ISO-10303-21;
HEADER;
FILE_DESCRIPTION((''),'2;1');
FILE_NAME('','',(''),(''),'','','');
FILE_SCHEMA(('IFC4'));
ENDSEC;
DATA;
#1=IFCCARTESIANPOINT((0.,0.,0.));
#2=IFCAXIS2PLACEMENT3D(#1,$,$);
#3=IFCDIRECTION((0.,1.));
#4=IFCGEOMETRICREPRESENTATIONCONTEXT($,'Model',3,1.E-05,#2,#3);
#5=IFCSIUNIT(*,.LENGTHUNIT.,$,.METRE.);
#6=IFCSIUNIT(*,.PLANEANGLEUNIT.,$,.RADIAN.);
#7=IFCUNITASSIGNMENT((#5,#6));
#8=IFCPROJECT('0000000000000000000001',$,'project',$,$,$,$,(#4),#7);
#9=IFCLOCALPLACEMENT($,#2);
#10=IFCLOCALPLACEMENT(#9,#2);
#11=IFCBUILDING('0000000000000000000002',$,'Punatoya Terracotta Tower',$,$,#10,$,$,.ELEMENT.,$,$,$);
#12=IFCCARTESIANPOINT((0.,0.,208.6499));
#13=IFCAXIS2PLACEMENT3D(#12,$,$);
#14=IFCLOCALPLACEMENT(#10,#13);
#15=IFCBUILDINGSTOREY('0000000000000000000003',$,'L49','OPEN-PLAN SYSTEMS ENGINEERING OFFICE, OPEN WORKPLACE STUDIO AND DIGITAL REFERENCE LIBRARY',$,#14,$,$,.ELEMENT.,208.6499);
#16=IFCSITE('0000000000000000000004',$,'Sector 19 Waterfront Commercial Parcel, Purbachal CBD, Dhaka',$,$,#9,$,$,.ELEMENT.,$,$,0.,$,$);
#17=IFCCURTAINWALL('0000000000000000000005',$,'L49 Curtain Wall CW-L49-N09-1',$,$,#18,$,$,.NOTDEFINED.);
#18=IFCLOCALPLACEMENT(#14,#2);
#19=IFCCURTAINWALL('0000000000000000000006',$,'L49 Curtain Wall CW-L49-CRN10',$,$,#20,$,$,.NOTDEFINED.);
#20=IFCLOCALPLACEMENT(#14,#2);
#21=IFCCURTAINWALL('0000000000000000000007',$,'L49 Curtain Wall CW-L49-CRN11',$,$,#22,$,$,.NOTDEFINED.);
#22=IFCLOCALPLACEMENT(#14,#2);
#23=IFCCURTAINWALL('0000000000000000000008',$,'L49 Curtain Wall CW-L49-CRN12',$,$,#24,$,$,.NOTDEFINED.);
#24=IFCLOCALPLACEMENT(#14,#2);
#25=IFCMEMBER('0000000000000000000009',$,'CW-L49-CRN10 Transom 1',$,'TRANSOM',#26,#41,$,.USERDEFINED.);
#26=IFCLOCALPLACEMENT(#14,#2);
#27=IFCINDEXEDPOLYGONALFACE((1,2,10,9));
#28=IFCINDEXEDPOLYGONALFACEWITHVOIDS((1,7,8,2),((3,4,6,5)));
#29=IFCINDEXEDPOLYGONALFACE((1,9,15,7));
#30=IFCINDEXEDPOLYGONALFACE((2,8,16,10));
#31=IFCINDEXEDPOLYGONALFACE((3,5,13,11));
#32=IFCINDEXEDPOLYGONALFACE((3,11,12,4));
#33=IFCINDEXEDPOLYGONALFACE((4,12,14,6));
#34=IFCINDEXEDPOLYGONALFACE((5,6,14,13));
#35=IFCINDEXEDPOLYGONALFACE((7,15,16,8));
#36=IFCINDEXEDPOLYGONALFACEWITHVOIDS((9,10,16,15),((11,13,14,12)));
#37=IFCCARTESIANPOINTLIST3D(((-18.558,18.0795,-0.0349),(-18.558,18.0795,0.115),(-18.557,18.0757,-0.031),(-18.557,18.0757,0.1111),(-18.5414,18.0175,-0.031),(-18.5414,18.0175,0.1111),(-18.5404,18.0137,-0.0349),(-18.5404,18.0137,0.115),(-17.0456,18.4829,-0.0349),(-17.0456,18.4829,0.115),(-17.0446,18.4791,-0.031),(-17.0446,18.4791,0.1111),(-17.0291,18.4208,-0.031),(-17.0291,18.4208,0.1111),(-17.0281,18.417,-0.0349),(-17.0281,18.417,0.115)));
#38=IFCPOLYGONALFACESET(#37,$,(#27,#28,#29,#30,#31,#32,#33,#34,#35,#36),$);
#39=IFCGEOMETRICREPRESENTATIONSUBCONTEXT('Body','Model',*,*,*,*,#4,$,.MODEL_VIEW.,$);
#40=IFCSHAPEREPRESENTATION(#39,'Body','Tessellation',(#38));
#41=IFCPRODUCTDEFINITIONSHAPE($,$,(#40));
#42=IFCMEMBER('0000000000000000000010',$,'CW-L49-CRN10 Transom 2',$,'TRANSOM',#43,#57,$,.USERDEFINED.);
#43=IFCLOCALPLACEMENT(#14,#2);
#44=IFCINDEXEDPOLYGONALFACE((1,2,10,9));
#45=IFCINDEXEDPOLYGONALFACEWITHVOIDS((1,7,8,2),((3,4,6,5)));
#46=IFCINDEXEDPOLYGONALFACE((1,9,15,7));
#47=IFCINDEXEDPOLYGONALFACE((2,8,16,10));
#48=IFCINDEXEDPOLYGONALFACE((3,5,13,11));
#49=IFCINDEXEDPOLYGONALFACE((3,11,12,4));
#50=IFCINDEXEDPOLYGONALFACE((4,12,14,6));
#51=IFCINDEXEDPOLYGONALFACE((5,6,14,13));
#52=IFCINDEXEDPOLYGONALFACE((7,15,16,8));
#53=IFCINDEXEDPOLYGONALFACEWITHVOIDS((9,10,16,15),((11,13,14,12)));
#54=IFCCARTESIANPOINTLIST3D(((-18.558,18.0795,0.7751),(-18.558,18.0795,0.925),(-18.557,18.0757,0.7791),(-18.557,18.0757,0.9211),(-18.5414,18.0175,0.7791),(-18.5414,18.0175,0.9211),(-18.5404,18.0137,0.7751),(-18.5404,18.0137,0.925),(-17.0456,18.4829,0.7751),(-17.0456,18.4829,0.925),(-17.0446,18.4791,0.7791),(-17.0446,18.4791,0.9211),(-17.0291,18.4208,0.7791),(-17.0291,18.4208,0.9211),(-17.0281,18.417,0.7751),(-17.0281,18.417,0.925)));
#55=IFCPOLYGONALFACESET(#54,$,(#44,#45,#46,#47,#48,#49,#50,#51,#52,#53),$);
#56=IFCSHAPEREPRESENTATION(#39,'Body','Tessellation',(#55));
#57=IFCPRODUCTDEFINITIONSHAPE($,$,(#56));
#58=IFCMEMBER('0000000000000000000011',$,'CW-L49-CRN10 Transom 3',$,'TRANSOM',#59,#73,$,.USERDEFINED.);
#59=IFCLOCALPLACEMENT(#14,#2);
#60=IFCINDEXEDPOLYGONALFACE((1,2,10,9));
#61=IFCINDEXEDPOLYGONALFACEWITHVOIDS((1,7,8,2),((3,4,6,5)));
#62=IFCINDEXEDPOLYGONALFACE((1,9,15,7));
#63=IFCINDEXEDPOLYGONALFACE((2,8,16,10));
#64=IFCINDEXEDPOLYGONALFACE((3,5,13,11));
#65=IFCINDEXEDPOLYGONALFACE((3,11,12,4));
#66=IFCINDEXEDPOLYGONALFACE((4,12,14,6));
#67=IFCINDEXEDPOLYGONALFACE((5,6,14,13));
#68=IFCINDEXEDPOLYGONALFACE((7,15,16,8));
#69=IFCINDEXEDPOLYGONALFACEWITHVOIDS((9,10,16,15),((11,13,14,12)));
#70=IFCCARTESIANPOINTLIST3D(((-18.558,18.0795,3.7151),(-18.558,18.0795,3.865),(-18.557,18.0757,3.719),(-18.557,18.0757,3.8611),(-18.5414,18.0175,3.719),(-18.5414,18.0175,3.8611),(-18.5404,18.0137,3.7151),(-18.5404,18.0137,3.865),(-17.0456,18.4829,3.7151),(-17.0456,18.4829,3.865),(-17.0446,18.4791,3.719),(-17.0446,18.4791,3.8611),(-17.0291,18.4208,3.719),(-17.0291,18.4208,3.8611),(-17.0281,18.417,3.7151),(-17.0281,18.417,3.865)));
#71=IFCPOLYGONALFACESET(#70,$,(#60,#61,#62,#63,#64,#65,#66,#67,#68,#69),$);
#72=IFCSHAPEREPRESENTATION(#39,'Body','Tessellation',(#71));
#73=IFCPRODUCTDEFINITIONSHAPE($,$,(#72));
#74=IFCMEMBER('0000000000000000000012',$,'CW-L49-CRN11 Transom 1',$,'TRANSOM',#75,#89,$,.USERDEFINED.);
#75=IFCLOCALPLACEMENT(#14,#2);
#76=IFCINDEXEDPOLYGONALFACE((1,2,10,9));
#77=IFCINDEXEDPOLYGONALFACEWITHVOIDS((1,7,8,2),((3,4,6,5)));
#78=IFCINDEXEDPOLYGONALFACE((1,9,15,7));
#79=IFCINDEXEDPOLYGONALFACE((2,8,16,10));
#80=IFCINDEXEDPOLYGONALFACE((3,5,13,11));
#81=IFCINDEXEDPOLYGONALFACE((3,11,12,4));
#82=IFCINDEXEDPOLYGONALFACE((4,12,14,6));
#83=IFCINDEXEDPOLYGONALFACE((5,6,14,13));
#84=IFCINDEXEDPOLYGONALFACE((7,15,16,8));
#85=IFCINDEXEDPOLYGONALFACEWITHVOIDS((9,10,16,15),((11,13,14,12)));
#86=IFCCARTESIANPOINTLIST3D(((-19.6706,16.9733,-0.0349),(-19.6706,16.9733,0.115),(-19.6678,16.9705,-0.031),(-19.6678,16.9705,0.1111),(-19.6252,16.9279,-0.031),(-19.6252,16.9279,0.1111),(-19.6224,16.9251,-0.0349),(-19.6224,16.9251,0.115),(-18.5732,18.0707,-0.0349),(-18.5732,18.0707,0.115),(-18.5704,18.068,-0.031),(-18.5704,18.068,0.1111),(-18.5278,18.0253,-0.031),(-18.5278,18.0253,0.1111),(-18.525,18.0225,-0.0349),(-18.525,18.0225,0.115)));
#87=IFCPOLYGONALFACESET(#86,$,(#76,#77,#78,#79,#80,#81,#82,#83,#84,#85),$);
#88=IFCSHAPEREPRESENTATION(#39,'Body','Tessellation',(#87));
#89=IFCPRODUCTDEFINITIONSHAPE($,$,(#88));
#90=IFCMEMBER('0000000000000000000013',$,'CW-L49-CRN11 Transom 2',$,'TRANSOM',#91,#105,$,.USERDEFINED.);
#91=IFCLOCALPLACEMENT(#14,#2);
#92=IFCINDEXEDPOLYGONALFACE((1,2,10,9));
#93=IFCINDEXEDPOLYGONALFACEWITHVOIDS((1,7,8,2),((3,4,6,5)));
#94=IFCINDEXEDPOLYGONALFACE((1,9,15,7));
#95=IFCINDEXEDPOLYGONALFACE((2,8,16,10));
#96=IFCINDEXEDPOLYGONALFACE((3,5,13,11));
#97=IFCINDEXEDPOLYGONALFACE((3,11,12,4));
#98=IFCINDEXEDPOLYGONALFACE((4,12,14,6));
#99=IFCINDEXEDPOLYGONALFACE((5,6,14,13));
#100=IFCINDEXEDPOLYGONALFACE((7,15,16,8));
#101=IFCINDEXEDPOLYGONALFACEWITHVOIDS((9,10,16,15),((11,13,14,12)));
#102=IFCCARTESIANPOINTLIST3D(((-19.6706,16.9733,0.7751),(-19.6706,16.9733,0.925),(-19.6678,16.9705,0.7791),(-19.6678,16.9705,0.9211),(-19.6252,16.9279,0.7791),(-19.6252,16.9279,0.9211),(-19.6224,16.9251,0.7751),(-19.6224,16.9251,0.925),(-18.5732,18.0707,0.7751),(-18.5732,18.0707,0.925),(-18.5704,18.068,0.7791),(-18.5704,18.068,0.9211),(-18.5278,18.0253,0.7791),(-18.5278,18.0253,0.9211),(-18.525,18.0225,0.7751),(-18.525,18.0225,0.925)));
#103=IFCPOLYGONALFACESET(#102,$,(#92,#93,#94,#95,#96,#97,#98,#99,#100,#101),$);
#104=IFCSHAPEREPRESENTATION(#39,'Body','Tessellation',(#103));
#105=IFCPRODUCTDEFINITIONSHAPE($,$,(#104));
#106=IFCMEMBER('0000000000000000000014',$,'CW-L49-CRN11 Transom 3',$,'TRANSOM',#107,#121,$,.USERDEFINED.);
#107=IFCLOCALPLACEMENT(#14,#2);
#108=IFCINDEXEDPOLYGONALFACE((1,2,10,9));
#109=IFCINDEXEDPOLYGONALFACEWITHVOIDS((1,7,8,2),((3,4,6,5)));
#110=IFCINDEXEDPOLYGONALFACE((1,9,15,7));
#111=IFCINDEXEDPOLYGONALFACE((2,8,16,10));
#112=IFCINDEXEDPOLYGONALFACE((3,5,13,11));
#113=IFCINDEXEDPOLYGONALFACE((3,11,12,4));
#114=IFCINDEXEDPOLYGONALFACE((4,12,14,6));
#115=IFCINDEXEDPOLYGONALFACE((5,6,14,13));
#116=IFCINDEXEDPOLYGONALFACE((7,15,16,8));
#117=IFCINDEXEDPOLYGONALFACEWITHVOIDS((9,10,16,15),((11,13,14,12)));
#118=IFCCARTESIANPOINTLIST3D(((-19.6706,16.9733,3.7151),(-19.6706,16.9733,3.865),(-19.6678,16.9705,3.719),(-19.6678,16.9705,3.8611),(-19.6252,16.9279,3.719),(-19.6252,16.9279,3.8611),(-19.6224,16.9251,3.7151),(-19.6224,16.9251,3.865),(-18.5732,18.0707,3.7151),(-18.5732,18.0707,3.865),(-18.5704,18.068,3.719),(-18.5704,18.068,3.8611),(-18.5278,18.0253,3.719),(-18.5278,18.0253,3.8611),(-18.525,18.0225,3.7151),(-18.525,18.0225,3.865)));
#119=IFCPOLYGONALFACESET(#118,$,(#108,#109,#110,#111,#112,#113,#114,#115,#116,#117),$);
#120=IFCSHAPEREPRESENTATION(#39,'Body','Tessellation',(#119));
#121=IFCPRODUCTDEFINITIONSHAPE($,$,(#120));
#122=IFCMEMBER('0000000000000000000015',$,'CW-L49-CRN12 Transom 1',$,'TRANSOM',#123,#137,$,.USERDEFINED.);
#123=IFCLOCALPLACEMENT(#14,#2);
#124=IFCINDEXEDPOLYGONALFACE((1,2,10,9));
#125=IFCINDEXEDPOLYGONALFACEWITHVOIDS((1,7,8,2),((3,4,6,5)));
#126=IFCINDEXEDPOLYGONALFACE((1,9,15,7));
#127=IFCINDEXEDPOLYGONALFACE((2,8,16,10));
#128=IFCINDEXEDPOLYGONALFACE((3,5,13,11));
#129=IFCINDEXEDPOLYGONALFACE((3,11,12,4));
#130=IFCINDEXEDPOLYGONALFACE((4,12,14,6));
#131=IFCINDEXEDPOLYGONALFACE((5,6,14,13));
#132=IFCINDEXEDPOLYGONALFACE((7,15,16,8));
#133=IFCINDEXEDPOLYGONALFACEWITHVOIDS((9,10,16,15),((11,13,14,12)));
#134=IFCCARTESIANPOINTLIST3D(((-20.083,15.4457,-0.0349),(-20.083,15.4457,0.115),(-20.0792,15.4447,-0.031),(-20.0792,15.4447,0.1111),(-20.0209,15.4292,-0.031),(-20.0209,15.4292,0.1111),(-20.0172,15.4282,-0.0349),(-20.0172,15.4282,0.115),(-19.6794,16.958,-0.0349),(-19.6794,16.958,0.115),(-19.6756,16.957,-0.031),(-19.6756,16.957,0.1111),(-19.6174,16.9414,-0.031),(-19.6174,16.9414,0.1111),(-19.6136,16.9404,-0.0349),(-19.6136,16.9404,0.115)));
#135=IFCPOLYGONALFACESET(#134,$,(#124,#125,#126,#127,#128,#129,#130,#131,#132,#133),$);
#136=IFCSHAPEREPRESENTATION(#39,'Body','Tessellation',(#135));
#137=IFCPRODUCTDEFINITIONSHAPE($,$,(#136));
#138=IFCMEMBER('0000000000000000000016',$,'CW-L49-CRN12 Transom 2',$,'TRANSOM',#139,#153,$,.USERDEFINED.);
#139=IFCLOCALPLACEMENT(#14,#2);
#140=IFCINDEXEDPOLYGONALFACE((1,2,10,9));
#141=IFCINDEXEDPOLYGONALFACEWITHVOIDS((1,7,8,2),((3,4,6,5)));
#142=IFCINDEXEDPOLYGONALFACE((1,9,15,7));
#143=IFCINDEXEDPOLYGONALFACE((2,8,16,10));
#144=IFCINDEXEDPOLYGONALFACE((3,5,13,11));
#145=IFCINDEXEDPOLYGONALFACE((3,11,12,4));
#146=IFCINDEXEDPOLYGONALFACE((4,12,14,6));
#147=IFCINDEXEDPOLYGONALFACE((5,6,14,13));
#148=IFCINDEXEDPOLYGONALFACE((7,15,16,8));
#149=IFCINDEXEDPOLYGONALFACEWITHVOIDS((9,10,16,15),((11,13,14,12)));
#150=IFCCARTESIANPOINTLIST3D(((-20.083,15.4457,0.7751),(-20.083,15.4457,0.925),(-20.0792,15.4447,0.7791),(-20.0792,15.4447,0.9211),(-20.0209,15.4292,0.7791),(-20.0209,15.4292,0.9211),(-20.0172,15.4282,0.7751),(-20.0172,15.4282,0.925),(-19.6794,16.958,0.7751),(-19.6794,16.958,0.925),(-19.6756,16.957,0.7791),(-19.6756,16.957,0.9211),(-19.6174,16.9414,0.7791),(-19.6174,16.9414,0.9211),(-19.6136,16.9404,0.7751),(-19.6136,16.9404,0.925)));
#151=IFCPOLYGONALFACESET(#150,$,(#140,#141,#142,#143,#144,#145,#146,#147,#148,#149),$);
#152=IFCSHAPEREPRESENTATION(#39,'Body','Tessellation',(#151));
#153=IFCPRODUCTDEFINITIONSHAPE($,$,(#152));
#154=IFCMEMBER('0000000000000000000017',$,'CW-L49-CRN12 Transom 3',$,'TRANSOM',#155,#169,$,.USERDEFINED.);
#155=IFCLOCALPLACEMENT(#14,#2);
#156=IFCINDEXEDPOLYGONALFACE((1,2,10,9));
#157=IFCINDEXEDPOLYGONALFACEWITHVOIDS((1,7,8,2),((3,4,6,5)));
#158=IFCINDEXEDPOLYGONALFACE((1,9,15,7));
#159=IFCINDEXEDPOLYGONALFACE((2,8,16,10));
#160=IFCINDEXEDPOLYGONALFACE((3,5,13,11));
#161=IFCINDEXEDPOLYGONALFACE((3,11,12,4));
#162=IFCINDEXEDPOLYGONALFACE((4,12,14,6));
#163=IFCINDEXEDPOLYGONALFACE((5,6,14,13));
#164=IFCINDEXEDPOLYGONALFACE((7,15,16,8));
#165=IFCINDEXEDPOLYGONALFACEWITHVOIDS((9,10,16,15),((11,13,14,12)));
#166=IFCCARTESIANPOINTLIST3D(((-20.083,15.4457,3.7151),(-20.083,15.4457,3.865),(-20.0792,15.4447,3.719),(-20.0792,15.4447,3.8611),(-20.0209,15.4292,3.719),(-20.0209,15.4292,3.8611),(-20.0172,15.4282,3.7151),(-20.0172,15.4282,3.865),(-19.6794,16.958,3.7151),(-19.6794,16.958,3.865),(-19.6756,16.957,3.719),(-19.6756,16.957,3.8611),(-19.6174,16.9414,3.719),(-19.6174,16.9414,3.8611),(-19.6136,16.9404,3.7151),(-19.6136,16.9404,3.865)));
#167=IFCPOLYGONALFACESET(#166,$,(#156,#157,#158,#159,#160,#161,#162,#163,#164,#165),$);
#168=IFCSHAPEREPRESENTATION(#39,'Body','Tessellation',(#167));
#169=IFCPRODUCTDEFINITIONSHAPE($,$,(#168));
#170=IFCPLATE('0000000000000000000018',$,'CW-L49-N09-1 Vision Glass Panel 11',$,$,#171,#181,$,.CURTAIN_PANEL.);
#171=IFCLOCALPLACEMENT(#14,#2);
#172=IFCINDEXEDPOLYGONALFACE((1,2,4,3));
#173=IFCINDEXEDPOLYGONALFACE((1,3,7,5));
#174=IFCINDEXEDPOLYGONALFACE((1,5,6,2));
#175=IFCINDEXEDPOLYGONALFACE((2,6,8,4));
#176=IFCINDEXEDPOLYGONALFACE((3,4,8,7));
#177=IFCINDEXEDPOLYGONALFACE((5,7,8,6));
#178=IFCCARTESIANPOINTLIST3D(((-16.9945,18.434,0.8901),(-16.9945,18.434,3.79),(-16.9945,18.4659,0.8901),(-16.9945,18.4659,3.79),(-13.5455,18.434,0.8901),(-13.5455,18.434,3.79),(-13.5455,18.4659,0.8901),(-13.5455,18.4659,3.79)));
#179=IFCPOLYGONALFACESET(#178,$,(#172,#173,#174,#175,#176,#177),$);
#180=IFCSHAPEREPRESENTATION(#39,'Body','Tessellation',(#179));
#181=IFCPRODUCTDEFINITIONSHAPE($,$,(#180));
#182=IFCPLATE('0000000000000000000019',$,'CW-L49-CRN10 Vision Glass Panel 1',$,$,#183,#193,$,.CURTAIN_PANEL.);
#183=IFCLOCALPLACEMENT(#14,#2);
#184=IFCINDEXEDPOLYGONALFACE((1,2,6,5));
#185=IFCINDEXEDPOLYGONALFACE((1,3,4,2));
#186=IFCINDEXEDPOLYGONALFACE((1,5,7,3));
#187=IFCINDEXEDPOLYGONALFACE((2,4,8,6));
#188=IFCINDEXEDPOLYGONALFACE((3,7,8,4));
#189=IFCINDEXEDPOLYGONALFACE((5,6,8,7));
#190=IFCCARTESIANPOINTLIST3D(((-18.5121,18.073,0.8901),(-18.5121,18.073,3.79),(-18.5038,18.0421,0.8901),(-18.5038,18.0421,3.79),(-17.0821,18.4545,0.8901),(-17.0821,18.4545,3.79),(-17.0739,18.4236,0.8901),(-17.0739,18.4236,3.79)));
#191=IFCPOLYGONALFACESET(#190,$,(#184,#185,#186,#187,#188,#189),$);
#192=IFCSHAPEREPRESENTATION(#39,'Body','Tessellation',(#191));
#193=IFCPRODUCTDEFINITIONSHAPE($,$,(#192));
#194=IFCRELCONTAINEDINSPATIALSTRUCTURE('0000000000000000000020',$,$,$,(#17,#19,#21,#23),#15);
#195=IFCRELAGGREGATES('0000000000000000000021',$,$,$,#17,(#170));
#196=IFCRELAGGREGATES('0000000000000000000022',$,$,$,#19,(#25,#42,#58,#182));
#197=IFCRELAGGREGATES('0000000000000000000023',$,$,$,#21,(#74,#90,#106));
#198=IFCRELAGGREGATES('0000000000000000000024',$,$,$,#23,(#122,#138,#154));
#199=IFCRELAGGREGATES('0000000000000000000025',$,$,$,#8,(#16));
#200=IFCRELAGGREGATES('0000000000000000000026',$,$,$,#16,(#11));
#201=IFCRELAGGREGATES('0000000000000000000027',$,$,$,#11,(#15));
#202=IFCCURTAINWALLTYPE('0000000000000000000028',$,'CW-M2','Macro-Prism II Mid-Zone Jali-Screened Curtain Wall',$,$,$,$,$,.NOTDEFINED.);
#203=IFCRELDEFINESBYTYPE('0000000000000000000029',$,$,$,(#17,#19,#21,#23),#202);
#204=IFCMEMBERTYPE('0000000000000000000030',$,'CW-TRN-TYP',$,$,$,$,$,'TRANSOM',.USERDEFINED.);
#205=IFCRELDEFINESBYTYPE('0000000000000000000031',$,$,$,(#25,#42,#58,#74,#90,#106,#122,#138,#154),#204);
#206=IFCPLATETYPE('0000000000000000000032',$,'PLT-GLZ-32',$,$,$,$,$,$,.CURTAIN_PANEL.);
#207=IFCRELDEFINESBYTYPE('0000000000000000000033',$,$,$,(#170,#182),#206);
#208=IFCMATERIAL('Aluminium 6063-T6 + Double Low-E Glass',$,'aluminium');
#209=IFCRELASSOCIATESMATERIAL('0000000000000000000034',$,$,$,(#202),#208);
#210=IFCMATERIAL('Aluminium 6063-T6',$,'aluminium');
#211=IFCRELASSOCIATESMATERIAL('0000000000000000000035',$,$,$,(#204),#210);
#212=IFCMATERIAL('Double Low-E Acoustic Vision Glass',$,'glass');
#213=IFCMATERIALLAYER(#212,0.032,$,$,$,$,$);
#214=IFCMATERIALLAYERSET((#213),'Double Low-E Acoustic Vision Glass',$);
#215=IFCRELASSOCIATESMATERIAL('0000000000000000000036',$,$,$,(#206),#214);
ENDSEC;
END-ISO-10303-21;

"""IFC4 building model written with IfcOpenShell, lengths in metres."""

from ifc_helpers import new_model, si_unit, direction, frame, origin, origin_2d, place, context, subcontext, project, spatial, rectangle, hollow_rectangle, extrude, material, layer, layer_set, material_profile, profile_set, type_object, element, aggregate, save


model = new_model("IFC4")

# Units and contexts
model_context = context("Model", 3, precision=1e-05, world=origin(), true_north=direction((0.0, 1.0)))
body_context = subcontext(model_context, "Body", "Model", "MODEL_VIEW")
ifc_project = project(units=[si_unit("LENGTHUNIT", "METRE"), si_unit("PLANEANGLEUNIT", "RADIAN")], contexts=[model_context])

# Site, building, storey
site_placement = place(None, origin())
site = spatial("IfcSite", under=ifc_project, at=site_placement, Name="Sector 19 Waterfront Commercial Parcel, Purbachal CBD, Dhaka", CompositionType="ELEMENT", RefElevation=0.0)
building_placement = place(site_placement, origin())
building = spatial("IfcBuilding", under=site, at=building_placement, Name="Punatoya Terracotta Tower", CompositionType="ELEMENT")
storey_placement = place(building_placement, frame((0.0, 0.0, 208.6499)))
storey = spatial("IfcBuildingStorey", under=building, at=storey_placement, Name="L49", Description="OPEN-PLAN SYSTEMS ENGINEERING OFFICE, OPEN WORKPLACE STUDIO AND DIGITAL REFERENCE LIBRARY", CompositionType="ELEMENT", Elevation=208.6499)

# Curtain walls
ifc_material_1 = material(Name="Aluminium 6063-T6 + Double Low-E Glass", Category="aluminium")
curtain_wall_type = type_object("IfcCurtainWallType", Name="CW-M2", Description="Macro-Prism II Mid-Zone Jali-Screened Curtain Wall", PredefinedType="NOTDEFINED", material=ifc_material_1)
curtain_wall_1_placement = place(storey_placement, origin())
curtain_wall_1 = element("IfcCurtainWall", 1, at=curtain_wall_1_placement, inside=storey, type_object=curtain_wall_type, Name="L49 Curtain Wall CW-L49-N09-1", PredefinedType="NOTDEFINED")
ifc_material_2 = material(Name="Aluminium 6063-T6", Category="aluminium")
curtain_wall_2_placement = place(storey_placement, origin())
curtain_wall_2 = element("IfcCurtainWall", 2, at=curtain_wall_2_placement, inside=storey, type_object=curtain_wall_type, Name="L49 Curtain Wall CW-L49-CRN10", PredefinedType="NOTDEFINED")
curtain_wall_3_placement = place(storey_placement, origin())
curtain_wall_3 = element("IfcCurtainWall", 3, at=curtain_wall_3_placement, inside=storey, type_object=curtain_wall_type, Name="L49 Curtain Wall CW-L49-CRN11", PredefinedType="NOTDEFINED")

# Curtain wall
curtain_wall_4_placement = place(storey_placement, origin())
curtain_wall_4 = element("IfcCurtainWall", 4, at=curtain_wall_4_placement, inside=storey, type_object=curtain_wall_type, Name="L49 Curtain Wall CW-L49-CRN12", PredefinedType="NOTDEFINED")

# Members
ifc_material_profile_1 = material_profile(ifc_material_2, hollow_rectangle(XDim=0.0681, YDim=0.1499, WallThickness=0.0039, at=origin_2d()))
ifc_profile_set_1 = profile_set([ifc_material_profile_1], Name="Aluminium 6063-T6")
member_type_1 = type_object("IfcMemberType", Name="CW-TRN-TYP", ElementType="TRANSOM", PredefinedType="USERDEFINED", material=ifc_profile_set_1)
member_1_placement = place(storey_placement, frame((-17.0369, 18.45, 0.04), z_axis=(-0.966225, -0.257701, 0.0), x_axis=(0.257701, -0.966225, 0.0)))
member_1 = element("IfcMember", 5, at=member_1_placement, type_object=member_type_1, Name="CW-L49-CRN10 Transom 1", ObjectType="TRANSOM", PredefinedType="USERDEFINED", context=body_context, shape_type="SweptSolid", body=[
    extrude(hollow_rectangle(XDim=0.0681, YDim=0.1499, WallThickness=0.0039, at=origin_2d()), origin(), (0.0, 0.0, 1.0), 1.5652),
])
member_2_placement = place(storey_placement, frame((-17.0369, 18.45, 0.8501), z_axis=(-0.966225, -0.257701, 0.0), x_axis=(0.257701, -0.966225, 0.0)))
member_2 = element("IfcMember", 6, at=member_2_placement, type_object=member_type_1, Name="CW-L49-CRN10 Transom 2", ObjectType="TRANSOM", PredefinedType="USERDEFINED", context=body_context, shape_type="SweptSolid", body=[
    extrude(hollow_rectangle(XDim=0.0681, YDim=0.1499, WallThickness=0.0039, at=origin_2d()), origin(), (0.0, 0.0, 1.0), 1.5652),
])
member_3_placement = place(storey_placement, frame((-17.0369, 18.45, 3.79), z_axis=(-0.966225, -0.257701, 0.0), x_axis=(0.257701, -0.966225, 0.0)))
member_3 = element("IfcMember", 7, at=member_3_placement, type_object=member_type_1, Name="CW-L49-CRN10 Transom 3", ObjectType="TRANSOM", PredefinedType="USERDEFINED", context=body_context, shape_type="SweptSolid", body=[
    extrude(hollow_rectangle(XDim=0.0681, YDim=0.1499, WallThickness=0.0039, at=origin_2d()), origin(), (0.0, 0.0, 1.0), 1.5652),
])
member_4_placement = place(storey_placement, frame((-18.5491, 18.0466, 0.04), z_axis=(-0.707107, -0.707107, 0.0), x_axis=(0.707107, -0.707107, 0.0)))
member_4 = element("IfcMember", 8, at=member_4_placement, type_object=member_type_1, Name="CW-L49-CRN11 Transom 1", ObjectType="TRANSOM", PredefinedType="USERDEFINED", context=body_context, shape_type="SweptSolid", body=[
    extrude(hollow_rectangle(XDim=0.0681, YDim=0.1499, WallThickness=0.0039, at=origin_2d()), origin(), (0.0, 0.0, 1.0), 1.552),
])
member_5_placement = place(storey_placement, frame((-18.5491, 18.0466, 0.8501), z_axis=(-0.707107, -0.707107, 0.0), x_axis=(0.707107, -0.707107, 0.0)))
member_5 = element("IfcMember", 9, at=member_5_placement, type_object=member_type_1, Name="CW-L49-CRN11 Transom 2", ObjectType="TRANSOM", PredefinedType="USERDEFINED", context=body_context, shape_type="SweptSolid", body=[
    extrude(hollow_rectangle(XDim=0.0681, YDim=0.1499, WallThickness=0.0039, at=origin_2d()), origin(), (0.0, 0.0, 1.0), 1.552),
])
member_6_placement = place(storey_placement, frame((-18.5491, 18.0466, 3.79), z_axis=(-0.707107, -0.707107, 0.0), x_axis=(0.707107, -0.707107, 0.0)))
member_6 = element("IfcMember", 10, at=member_6_placement, type_object=member_type_1, Name="CW-L49-CRN11 Transom 3", ObjectType="TRANSOM", PredefinedType="USERDEFINED", context=body_context, shape_type="SweptSolid", body=[
    extrude(hollow_rectangle(XDim=0.0681, YDim=0.1499, WallThickness=0.0039, at=origin_2d()), origin(), (0.0, 0.0, 1.0), 1.552),
])
member_7_placement = place(storey_placement, frame((-19.6465, 16.9492, 0.04), z_axis=(-0.257847, -0.966186, 0.0), x_axis=(0.966186, -0.257847, 0.0)))
member_7 = element("IfcMember", 11, at=member_7_placement, type_object=member_type_1, Name="CW-L49-CRN12 Transom 1", ObjectType="TRANSOM", PredefinedType="USERDEFINED", context=body_context, shape_type="SweptSolid", body=[
    extrude(hollow_rectangle(XDim=0.0681, YDim=0.1499, WallThickness=0.0039, at=origin_2d()), origin(), (0.0, 0.0, 1.0), 1.5652),
])
member_8_placement = place(storey_placement, frame((-19.6465, 16.9492, 0.8501), z_axis=(-0.257847, -0.966186, 0.0), x_axis=(0.966186, -0.257847, 0.0)))
member_8 = element("IfcMember", 12, at=member_8_placement, type_object=member_type_1, Name="CW-L49-CRN12 Transom 2", ObjectType="TRANSOM", PredefinedType="USERDEFINED", context=body_context, shape_type="SweptSolid", body=[
    extrude(hollow_rectangle(XDim=0.0681, YDim=0.1499, WallThickness=0.0039, at=origin_2d()), origin(), (0.0, 0.0, 1.0), 1.5652),
])
member_9_placement = place(storey_placement, frame((-19.6465, 16.9492, 3.79), z_axis=(-0.257847, -0.966186, 0.0), x_axis=(0.966186, -0.257847, 0.0)))
member_9 = element("IfcMember", 13, at=member_9_placement, type_object=member_type_1, Name="CW-L49-CRN12 Transom 3", ObjectType="TRANSOM", PredefinedType="USERDEFINED", context=body_context, shape_type="SweptSolid", body=[
    extrude(hollow_rectangle(XDim=0.0681, YDim=0.1499, WallThickness=0.0039, at=origin_2d()), origin(), (0.0, 0.0, 1.0), 1.5652),
])

# Plates
ifc_material_3 = material(Name="Double Low-E Acoustic Vision Glass", Category="glass")
ifc_layer_1 = layer(ifc_material_3, 0.032)
ifc_layer_set_1 = layer_set([ifc_layer_1], Name="Double Low-E Acoustic Vision Glass")
plate_type_1 = type_object("IfcPlateType", Name="PLT-GLZ-32", PredefinedType="CURTAIN_PANEL", material=ifc_layer_set_1)
plate_1_placement = place(storey_placement, frame((-15.27, 18.45, 0.8901), z_axis=(0.0, 0.0, 1.0), x_axis=(-1.0, 0.0, 0.0)))
plate_1 = element("IfcPlate", 14, at=plate_1_placement, type_object=plate_type_1, Name="CW-L49-N09-1 Vision Glass Panel 11", PredefinedType="CURTAIN_PANEL", context=body_context, shape_type="SweptSolid", body=[
    extrude(rectangle(XDim=3.449, YDim=0.032, at=origin_2d()), origin(), (0.0, 0.0, 1.0), 2.8999),
])
plate_2_placement = place(storey_placement, frame((-17.793, 18.2483, 0.8901), z_axis=(0.0, 0.0, 1.0), x_axis=(-0.966214, -0.257742, 0.0)))
plate_2 = element("IfcPlate", 15, at=plate_2_placement, type_object=plate_type_1, Name="CW-L49-CRN10 Vision Glass Panel 1", PredefinedType="CURTAIN_PANEL", context=body_context, shape_type="SweptSolid", body=[
    extrude(rectangle(XDim=1.48, YDim=0.032, at=origin_2d()), origin(), (0.0, 0.0, 1.0), 2.8999),
])
aggregate(curtain_wall_1, [plate_1])
aggregate(curtain_wall_2, [member_1, member_2, member_3, plate_2])
aggregate(curtain_wall_3, [member_4, member_5, member_6])
aggregate(curtain_wall_4, [member_7, member_8, member_9])

save(model, "model.ifc")
